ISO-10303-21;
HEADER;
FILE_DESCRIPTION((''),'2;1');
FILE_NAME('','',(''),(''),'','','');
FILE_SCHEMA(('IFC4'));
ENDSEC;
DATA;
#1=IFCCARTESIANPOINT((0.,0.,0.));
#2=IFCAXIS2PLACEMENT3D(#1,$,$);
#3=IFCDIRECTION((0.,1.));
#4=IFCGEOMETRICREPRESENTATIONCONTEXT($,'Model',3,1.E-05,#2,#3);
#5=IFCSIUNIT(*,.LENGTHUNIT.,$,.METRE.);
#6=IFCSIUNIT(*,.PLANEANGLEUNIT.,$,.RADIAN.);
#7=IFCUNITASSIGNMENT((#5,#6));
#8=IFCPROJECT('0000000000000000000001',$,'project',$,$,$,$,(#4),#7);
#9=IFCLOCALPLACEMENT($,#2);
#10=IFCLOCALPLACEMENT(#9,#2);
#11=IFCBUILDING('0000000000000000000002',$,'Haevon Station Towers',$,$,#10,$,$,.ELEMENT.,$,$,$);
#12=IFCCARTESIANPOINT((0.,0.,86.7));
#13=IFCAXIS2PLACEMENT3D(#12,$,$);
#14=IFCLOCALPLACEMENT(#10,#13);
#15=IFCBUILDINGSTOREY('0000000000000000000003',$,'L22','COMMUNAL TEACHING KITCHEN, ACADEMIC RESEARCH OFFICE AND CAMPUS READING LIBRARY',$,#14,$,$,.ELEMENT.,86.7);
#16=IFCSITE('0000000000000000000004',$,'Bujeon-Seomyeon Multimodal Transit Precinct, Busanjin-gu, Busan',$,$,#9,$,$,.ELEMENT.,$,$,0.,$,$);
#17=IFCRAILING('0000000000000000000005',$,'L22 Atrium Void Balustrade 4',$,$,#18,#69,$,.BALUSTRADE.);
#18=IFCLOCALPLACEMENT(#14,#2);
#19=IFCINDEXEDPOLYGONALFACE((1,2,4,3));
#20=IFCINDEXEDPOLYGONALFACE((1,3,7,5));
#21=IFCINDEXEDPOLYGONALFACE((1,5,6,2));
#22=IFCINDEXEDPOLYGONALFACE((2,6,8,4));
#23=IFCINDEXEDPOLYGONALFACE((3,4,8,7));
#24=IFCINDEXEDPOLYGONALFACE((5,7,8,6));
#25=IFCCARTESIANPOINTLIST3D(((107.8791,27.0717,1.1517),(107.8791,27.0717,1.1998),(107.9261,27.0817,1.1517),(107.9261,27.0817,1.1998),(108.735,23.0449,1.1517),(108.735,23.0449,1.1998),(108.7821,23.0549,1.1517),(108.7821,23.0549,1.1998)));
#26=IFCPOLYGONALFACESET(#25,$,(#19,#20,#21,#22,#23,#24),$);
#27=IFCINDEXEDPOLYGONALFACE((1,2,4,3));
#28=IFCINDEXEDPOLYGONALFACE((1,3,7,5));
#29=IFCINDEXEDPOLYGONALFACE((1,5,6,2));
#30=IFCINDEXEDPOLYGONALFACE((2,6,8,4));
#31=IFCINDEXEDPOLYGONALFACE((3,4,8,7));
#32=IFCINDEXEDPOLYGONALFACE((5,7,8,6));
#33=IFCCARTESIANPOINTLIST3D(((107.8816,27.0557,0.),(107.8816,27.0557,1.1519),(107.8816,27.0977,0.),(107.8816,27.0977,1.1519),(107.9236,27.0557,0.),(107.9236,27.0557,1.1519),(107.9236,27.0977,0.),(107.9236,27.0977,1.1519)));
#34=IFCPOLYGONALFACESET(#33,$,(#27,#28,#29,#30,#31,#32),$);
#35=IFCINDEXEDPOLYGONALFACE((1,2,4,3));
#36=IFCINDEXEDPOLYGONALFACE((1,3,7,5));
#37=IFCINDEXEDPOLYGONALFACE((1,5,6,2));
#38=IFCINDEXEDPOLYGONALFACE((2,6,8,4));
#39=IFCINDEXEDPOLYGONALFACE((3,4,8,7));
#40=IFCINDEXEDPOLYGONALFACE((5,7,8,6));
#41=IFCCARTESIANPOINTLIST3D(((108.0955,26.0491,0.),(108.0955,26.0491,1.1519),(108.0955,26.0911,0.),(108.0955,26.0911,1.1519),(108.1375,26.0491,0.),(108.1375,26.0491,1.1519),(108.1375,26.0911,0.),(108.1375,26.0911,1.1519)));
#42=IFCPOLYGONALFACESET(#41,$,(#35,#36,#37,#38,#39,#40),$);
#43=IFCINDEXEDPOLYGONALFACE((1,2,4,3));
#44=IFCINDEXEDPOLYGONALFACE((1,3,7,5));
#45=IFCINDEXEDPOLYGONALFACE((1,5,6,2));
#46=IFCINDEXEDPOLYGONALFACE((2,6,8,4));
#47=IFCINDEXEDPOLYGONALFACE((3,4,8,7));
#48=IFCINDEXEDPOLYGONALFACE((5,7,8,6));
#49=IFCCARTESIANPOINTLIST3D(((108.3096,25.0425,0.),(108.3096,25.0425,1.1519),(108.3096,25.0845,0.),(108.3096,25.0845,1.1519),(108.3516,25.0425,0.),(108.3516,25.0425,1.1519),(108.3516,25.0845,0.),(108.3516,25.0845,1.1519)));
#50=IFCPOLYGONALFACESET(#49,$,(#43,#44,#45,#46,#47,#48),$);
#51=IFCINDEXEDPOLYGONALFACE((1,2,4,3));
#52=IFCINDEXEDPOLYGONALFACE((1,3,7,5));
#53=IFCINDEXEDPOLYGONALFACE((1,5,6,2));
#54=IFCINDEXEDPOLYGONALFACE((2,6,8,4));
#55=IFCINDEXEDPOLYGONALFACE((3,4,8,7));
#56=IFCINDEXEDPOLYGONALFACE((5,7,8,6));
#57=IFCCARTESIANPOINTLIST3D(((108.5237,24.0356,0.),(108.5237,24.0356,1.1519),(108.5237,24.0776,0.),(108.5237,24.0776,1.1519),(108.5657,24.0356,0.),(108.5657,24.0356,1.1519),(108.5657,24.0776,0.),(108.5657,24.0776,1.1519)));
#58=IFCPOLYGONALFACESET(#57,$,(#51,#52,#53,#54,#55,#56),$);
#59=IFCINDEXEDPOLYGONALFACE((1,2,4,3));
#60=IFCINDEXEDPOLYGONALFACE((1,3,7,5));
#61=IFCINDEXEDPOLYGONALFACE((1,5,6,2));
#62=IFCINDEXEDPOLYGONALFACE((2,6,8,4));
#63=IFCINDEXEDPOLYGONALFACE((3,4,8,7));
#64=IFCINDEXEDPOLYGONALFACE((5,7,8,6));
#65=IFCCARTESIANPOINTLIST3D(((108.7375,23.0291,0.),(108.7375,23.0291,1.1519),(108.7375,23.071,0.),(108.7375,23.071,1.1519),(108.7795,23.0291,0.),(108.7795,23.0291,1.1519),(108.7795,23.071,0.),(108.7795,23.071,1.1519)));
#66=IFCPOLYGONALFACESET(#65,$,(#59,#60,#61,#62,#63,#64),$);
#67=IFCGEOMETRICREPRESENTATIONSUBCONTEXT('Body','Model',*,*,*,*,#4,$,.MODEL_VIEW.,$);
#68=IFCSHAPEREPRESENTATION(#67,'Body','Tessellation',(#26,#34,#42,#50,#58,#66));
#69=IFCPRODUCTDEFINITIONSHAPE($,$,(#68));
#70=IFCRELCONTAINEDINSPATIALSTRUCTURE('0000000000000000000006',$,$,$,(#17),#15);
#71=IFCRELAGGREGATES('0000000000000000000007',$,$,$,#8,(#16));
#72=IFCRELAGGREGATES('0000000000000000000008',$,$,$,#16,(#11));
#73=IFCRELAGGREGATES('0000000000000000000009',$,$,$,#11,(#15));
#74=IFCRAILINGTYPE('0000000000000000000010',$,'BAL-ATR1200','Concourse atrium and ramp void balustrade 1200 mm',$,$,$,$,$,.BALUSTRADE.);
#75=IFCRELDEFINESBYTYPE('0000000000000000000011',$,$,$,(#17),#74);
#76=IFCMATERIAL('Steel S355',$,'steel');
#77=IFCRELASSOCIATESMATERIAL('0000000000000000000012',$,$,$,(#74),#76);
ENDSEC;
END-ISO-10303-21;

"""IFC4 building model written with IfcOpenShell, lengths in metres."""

from ifc_helpers import new_model, si_unit, direction, frame, origin, origin_2d, place, context, subcontext, project, spatial, rectangle, extrude, material, type_object, element, save


model = new_model("IFC4")

# Units and contexts
model_context = context("Model", 3, precision=1e-05, world=origin(), true_north=direction((0.0, 1.0)))
body_context = subcontext(model_context, "Body", "Model", "MODEL_VIEW")
ifc_project = project(units=[si_unit("LENGTHUNIT", "METRE"), si_unit("PLANEANGLEUNIT", "RADIAN")], contexts=[model_context])

# Site, building, storey
site_placement = place(None, origin())
site = spatial("IfcSite", under=ifc_project, at=site_placement, Name="Bujeon-Seomyeon Multimodal Transit Precinct, Busanjin-gu, Busan", CompositionType="ELEMENT", RefElevation=0.0)
building_placement = place(site_placement, origin())
building = spatial("IfcBuilding", under=site, at=building_placement, Name="Haevon Station Towers", CompositionType="ELEMENT")
storey_placement = place(building_placement, frame((0.0, 0.0, 86.7)))
storey = spatial("IfcBuildingStorey", under=building, at=storey_placement, Name="L22", Description="COMMUNAL TEACHING KITCHEN, ACADEMIC RESEARCH OFFICE AND CAMPUS READING LIBRARY", CompositionType="ELEMENT", Elevation=86.7)

# Shared definitions
ifc_material_1 = material(Name="Steel S355", Category="steel")

# Railing
railing_type = type_object("IfcRailingType", Name="BAL-ATR1200", Description="Concourse atrium and ramp void balustrade 1200 mm", PredefinedType="BALUSTRADE", material=ifc_material_1)
railing_1_placement = place(storey_placement, frame((107.9026, 27.0767, 0.0)))
element("IfcRailing", 1, at=railing_1_placement, inside=storey, type_object=railing_type, Name="L22 Atrium Void Balustrade 4", PredefinedType="BALUSTRADE", context=body_context, shape_type="SweptSolid", body=[
    extrude(rectangle(XDim=0.0481, YDim=0.0481, at=origin_2d()), frame((0.0, 0.0, 1.1758), z_axis=(0.207929, -0.978144, 0.0), x_axis=(0.978144, 0.207929, 0.0)), (0.0, 0.0, 1.0), 4.1167),
    extrude(rectangle(XDim=0.042, YDim=0.042, at=origin_2d()), origin(), (0.0, 0.0, 1.0), 1.1519),
    extrude(rectangle(XDim=0.042, YDim=0.042, at=origin_2d()), frame((0.2139, -1.0066, 0.0)), (0.0, 0.0, 1.0), 1.1519),
    extrude(rectangle(XDim=0.042, YDim=0.042, at=origin_2d()), frame((0.428, -2.0132, 0.0)), (0.0, 0.0, 1.0), 1.1519),
    extrude(rectangle(XDim=0.042, YDim=0.042, at=origin_2d()), frame((0.6421, -3.02, 0.0)), (0.0, 0.0, 1.0), 1.1519),
    extrude(rectangle(XDim=0.042, YDim=0.042, at=origin_2d()), frame((0.856, -4.0266, 0.0)), (0.0, 0.0, 1.0), 1.1519),
])

save(model, "model.ifc")
